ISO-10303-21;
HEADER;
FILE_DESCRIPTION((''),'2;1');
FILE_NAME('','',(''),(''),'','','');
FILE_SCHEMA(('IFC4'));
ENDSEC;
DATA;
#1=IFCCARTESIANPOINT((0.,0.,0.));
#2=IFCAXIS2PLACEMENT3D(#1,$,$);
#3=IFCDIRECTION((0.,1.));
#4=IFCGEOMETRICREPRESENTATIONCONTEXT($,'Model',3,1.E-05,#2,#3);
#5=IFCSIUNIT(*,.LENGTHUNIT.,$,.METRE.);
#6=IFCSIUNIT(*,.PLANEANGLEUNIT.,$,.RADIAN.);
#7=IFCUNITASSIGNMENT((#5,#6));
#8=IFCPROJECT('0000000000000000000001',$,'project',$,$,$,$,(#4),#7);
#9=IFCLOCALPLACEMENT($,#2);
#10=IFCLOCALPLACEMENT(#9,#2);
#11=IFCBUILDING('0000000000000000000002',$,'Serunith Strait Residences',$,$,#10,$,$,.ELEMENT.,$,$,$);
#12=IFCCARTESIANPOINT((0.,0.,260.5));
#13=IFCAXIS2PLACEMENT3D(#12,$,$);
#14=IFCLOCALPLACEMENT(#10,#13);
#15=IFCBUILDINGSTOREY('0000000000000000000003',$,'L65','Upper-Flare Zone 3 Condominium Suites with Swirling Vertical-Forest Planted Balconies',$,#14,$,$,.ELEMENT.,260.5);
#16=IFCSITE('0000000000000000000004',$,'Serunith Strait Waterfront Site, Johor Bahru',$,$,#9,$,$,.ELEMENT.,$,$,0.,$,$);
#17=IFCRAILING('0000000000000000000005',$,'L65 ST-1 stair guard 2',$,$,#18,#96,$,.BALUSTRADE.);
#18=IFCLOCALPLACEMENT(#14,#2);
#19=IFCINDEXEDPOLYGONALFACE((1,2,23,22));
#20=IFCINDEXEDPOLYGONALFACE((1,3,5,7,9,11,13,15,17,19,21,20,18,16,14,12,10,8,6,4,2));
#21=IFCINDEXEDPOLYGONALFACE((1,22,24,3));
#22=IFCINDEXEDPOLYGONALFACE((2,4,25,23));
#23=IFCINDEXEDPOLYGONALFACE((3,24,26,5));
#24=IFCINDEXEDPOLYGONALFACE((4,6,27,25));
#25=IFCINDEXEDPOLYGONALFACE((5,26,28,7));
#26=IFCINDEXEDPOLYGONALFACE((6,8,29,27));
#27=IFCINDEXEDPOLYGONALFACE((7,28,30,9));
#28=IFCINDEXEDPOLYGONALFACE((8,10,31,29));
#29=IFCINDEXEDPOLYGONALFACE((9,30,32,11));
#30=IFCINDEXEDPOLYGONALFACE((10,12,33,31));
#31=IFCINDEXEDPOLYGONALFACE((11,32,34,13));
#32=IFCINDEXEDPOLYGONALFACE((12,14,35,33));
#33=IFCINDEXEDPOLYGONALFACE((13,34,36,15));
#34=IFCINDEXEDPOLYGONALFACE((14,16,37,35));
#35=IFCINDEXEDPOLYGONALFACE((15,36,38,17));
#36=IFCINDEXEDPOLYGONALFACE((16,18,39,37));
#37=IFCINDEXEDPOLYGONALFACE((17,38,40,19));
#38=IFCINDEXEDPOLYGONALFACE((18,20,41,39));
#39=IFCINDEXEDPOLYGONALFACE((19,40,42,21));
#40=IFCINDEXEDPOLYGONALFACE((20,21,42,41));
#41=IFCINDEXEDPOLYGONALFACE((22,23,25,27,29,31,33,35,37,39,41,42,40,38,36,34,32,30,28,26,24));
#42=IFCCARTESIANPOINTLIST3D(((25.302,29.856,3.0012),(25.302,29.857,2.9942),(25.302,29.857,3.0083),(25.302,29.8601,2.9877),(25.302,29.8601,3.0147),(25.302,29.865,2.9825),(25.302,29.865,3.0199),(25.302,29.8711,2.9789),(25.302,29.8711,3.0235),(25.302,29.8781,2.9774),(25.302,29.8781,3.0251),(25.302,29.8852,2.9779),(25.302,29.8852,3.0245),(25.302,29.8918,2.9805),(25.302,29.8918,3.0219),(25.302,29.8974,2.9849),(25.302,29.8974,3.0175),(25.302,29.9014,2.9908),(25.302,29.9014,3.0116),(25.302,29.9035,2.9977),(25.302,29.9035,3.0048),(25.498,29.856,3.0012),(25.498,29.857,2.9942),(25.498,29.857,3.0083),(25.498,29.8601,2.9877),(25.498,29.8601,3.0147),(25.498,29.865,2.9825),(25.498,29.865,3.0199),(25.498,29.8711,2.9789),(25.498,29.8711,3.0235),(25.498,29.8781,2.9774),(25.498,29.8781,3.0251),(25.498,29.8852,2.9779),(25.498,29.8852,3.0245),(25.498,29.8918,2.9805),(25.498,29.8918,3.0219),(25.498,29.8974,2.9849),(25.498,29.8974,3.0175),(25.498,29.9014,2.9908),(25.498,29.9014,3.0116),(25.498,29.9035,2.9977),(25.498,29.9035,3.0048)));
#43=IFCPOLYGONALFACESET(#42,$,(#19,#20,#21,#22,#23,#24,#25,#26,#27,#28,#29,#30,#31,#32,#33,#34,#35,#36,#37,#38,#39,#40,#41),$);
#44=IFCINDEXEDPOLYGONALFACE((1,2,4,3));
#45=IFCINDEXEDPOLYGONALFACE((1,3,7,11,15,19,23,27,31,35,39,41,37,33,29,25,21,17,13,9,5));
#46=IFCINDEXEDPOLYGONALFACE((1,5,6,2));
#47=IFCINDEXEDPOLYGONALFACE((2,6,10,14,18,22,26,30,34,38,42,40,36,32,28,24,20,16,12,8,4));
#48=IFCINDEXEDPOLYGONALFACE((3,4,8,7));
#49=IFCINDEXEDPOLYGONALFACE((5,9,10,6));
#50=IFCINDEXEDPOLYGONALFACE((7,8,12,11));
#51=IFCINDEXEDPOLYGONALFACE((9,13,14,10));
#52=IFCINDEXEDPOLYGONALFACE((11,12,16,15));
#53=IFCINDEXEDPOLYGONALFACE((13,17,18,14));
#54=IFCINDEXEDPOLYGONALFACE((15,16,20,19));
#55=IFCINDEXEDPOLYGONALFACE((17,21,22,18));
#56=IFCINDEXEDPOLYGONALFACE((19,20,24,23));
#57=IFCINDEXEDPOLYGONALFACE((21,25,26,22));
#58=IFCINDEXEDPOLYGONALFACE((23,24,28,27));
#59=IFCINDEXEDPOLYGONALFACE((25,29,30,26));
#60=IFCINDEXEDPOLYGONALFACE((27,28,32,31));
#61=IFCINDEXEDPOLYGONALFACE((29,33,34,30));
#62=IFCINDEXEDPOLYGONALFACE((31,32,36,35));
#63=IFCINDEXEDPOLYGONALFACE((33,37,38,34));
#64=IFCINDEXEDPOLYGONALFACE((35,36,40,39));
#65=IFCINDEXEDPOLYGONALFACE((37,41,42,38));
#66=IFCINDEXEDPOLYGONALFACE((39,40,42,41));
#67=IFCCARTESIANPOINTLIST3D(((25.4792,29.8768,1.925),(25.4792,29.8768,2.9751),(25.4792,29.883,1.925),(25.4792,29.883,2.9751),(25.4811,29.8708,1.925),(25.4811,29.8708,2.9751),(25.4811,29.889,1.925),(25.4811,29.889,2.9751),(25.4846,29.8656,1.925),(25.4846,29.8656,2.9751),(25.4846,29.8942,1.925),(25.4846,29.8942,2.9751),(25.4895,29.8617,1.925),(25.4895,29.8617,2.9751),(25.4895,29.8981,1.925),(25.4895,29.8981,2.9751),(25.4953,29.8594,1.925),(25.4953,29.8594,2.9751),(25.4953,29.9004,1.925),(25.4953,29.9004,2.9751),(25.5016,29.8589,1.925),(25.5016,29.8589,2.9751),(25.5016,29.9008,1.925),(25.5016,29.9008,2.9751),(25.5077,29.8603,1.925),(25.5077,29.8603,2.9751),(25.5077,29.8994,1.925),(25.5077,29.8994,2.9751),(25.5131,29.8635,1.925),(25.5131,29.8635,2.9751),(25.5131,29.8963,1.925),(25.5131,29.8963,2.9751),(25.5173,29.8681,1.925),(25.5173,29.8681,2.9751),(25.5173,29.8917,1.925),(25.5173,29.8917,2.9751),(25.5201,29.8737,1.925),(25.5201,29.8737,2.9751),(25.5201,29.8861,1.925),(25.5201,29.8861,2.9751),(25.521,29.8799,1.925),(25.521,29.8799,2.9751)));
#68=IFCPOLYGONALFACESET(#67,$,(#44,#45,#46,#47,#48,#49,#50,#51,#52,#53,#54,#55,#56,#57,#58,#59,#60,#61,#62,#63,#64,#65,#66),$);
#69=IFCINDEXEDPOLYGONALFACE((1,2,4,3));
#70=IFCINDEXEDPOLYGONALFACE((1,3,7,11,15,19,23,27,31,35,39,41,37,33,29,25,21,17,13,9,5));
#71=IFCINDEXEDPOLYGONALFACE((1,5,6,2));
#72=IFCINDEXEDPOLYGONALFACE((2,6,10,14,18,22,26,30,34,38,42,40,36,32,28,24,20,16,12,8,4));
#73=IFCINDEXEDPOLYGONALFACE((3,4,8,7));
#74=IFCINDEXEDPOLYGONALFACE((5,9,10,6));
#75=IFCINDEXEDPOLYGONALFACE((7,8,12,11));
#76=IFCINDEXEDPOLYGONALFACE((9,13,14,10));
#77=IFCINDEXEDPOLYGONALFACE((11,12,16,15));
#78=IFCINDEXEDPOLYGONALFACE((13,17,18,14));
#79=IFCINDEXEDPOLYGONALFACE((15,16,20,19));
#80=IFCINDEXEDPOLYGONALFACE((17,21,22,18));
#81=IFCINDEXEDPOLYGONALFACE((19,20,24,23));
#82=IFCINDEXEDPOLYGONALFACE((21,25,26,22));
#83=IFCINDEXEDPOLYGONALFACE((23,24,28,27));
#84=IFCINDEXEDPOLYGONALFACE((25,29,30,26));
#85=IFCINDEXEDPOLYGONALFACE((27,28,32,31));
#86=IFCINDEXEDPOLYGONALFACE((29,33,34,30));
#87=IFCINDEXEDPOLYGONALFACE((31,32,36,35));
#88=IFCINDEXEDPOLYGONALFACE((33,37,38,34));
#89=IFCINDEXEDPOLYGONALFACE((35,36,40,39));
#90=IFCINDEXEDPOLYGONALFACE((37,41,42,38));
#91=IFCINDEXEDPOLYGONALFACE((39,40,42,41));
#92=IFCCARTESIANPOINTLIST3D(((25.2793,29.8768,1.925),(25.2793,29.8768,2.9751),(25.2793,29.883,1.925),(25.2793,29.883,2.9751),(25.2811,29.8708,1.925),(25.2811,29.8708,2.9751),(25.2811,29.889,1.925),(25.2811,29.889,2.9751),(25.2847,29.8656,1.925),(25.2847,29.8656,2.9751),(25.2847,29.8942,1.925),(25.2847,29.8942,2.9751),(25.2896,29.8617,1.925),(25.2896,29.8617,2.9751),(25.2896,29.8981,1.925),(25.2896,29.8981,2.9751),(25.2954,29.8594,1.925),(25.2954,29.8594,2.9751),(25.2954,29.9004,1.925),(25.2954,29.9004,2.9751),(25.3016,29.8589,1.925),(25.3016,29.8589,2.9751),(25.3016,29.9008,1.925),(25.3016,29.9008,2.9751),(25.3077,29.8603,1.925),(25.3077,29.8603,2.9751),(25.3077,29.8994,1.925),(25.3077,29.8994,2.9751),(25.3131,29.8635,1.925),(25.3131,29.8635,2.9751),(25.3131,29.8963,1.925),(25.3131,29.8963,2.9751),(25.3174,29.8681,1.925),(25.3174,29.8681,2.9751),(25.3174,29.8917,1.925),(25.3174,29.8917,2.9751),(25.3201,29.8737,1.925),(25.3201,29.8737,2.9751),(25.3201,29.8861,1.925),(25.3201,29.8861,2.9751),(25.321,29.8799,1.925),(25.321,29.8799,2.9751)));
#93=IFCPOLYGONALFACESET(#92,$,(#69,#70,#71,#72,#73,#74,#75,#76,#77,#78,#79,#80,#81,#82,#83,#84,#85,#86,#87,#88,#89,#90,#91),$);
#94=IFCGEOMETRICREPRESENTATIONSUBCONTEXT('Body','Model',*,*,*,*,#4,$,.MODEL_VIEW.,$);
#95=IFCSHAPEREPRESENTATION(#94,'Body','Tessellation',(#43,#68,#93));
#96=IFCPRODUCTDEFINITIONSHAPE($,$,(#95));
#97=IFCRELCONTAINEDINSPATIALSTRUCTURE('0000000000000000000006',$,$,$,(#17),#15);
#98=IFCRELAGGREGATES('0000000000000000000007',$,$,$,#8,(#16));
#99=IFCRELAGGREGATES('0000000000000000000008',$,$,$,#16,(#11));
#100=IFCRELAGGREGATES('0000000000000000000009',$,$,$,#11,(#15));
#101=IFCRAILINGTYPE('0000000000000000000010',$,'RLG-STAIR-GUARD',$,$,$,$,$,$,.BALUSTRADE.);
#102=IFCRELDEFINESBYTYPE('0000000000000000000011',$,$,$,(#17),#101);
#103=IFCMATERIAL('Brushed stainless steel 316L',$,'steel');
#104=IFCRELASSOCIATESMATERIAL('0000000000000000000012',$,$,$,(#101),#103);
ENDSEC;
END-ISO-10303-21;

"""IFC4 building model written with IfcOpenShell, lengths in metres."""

from ifc_helpers import new_model, si_unit, direction, frame, origin, origin_2d, place, context, subcontext, project, spatial, circle, extrude, material, type_object, element, save


model = new_model("IFC4")

# Units and contexts
model_context = context("Model", 3, precision=1e-05, world=origin(), true_north=direction((0.0, 1.0)))
body_context = subcontext(model_context, "Body", "Model", "MODEL_VIEW")
ifc_project = project(units=[si_unit("LENGTHUNIT", "METRE"), si_unit("PLANEANGLEUNIT", "RADIAN")], contexts=[model_context])

# Site, building, storey
site_placement = place(None, origin())
site = spatial("IfcSite", under=ifc_project, at=site_placement, Name="Serunith Strait Waterfront Site, Johor Bahru", CompositionType="ELEMENT", RefElevation=0.0)
building_placement = place(site_placement, origin())
building = spatial("IfcBuilding", under=site, at=building_placement, Name="Serunith Strait Residences", CompositionType="ELEMENT")
storey_placement = place(building_placement, frame((0.0, 0.0, 260.5)))
storey = spatial("IfcBuildingStorey", under=building, at=storey_placement, Name="L65", Description="Upper-Flare Zone 3 Condominium Suites with Swirling Vertical-Forest Planted Balconies", CompositionType="ELEMENT", Elevation=260.5)

# Railing
ifc_material_1 = material(Name="Brushed stainless steel 316L", Category="steel")
railing_type_1 = type_object("IfcRailingType", Name="RLG-STAIR-GUARD", PredefinedType="BALUSTRADE", material=ifc_material_1)
railing_1_placement = place(storey_placement, frame((25.5, 29.8799, 1.925)))
element("IfcRailing", 1, at=railing_1_placement, inside=storey, type_object=railing_type_1, Name="L65 ST-1 stair guard 2", PredefinedType="BALUSTRADE", context=body_context, shape_type="SweptSolid", body=[
    extrude(circle(Radius=0.0239, at=origin_2d()), frame((-0.002, 0.0, 1.0762), z_axis=(-1.0, 0.0, 0.0), x_axis=(0.0, -1.0, 0.0)), (0.0, 0.0, 1.0), 0.196),
    extrude(circle(Radius=0.021, at=origin_2d()), origin(), (0.0, 0.0, 1.0), 1.05),
    extrude(circle(Radius=0.021, at=origin_2d()), frame((-0.2, 0.0, 0.0)), (0.0, 0.0, 1.0), 1.05),
])

save(model, "model.ifc")
